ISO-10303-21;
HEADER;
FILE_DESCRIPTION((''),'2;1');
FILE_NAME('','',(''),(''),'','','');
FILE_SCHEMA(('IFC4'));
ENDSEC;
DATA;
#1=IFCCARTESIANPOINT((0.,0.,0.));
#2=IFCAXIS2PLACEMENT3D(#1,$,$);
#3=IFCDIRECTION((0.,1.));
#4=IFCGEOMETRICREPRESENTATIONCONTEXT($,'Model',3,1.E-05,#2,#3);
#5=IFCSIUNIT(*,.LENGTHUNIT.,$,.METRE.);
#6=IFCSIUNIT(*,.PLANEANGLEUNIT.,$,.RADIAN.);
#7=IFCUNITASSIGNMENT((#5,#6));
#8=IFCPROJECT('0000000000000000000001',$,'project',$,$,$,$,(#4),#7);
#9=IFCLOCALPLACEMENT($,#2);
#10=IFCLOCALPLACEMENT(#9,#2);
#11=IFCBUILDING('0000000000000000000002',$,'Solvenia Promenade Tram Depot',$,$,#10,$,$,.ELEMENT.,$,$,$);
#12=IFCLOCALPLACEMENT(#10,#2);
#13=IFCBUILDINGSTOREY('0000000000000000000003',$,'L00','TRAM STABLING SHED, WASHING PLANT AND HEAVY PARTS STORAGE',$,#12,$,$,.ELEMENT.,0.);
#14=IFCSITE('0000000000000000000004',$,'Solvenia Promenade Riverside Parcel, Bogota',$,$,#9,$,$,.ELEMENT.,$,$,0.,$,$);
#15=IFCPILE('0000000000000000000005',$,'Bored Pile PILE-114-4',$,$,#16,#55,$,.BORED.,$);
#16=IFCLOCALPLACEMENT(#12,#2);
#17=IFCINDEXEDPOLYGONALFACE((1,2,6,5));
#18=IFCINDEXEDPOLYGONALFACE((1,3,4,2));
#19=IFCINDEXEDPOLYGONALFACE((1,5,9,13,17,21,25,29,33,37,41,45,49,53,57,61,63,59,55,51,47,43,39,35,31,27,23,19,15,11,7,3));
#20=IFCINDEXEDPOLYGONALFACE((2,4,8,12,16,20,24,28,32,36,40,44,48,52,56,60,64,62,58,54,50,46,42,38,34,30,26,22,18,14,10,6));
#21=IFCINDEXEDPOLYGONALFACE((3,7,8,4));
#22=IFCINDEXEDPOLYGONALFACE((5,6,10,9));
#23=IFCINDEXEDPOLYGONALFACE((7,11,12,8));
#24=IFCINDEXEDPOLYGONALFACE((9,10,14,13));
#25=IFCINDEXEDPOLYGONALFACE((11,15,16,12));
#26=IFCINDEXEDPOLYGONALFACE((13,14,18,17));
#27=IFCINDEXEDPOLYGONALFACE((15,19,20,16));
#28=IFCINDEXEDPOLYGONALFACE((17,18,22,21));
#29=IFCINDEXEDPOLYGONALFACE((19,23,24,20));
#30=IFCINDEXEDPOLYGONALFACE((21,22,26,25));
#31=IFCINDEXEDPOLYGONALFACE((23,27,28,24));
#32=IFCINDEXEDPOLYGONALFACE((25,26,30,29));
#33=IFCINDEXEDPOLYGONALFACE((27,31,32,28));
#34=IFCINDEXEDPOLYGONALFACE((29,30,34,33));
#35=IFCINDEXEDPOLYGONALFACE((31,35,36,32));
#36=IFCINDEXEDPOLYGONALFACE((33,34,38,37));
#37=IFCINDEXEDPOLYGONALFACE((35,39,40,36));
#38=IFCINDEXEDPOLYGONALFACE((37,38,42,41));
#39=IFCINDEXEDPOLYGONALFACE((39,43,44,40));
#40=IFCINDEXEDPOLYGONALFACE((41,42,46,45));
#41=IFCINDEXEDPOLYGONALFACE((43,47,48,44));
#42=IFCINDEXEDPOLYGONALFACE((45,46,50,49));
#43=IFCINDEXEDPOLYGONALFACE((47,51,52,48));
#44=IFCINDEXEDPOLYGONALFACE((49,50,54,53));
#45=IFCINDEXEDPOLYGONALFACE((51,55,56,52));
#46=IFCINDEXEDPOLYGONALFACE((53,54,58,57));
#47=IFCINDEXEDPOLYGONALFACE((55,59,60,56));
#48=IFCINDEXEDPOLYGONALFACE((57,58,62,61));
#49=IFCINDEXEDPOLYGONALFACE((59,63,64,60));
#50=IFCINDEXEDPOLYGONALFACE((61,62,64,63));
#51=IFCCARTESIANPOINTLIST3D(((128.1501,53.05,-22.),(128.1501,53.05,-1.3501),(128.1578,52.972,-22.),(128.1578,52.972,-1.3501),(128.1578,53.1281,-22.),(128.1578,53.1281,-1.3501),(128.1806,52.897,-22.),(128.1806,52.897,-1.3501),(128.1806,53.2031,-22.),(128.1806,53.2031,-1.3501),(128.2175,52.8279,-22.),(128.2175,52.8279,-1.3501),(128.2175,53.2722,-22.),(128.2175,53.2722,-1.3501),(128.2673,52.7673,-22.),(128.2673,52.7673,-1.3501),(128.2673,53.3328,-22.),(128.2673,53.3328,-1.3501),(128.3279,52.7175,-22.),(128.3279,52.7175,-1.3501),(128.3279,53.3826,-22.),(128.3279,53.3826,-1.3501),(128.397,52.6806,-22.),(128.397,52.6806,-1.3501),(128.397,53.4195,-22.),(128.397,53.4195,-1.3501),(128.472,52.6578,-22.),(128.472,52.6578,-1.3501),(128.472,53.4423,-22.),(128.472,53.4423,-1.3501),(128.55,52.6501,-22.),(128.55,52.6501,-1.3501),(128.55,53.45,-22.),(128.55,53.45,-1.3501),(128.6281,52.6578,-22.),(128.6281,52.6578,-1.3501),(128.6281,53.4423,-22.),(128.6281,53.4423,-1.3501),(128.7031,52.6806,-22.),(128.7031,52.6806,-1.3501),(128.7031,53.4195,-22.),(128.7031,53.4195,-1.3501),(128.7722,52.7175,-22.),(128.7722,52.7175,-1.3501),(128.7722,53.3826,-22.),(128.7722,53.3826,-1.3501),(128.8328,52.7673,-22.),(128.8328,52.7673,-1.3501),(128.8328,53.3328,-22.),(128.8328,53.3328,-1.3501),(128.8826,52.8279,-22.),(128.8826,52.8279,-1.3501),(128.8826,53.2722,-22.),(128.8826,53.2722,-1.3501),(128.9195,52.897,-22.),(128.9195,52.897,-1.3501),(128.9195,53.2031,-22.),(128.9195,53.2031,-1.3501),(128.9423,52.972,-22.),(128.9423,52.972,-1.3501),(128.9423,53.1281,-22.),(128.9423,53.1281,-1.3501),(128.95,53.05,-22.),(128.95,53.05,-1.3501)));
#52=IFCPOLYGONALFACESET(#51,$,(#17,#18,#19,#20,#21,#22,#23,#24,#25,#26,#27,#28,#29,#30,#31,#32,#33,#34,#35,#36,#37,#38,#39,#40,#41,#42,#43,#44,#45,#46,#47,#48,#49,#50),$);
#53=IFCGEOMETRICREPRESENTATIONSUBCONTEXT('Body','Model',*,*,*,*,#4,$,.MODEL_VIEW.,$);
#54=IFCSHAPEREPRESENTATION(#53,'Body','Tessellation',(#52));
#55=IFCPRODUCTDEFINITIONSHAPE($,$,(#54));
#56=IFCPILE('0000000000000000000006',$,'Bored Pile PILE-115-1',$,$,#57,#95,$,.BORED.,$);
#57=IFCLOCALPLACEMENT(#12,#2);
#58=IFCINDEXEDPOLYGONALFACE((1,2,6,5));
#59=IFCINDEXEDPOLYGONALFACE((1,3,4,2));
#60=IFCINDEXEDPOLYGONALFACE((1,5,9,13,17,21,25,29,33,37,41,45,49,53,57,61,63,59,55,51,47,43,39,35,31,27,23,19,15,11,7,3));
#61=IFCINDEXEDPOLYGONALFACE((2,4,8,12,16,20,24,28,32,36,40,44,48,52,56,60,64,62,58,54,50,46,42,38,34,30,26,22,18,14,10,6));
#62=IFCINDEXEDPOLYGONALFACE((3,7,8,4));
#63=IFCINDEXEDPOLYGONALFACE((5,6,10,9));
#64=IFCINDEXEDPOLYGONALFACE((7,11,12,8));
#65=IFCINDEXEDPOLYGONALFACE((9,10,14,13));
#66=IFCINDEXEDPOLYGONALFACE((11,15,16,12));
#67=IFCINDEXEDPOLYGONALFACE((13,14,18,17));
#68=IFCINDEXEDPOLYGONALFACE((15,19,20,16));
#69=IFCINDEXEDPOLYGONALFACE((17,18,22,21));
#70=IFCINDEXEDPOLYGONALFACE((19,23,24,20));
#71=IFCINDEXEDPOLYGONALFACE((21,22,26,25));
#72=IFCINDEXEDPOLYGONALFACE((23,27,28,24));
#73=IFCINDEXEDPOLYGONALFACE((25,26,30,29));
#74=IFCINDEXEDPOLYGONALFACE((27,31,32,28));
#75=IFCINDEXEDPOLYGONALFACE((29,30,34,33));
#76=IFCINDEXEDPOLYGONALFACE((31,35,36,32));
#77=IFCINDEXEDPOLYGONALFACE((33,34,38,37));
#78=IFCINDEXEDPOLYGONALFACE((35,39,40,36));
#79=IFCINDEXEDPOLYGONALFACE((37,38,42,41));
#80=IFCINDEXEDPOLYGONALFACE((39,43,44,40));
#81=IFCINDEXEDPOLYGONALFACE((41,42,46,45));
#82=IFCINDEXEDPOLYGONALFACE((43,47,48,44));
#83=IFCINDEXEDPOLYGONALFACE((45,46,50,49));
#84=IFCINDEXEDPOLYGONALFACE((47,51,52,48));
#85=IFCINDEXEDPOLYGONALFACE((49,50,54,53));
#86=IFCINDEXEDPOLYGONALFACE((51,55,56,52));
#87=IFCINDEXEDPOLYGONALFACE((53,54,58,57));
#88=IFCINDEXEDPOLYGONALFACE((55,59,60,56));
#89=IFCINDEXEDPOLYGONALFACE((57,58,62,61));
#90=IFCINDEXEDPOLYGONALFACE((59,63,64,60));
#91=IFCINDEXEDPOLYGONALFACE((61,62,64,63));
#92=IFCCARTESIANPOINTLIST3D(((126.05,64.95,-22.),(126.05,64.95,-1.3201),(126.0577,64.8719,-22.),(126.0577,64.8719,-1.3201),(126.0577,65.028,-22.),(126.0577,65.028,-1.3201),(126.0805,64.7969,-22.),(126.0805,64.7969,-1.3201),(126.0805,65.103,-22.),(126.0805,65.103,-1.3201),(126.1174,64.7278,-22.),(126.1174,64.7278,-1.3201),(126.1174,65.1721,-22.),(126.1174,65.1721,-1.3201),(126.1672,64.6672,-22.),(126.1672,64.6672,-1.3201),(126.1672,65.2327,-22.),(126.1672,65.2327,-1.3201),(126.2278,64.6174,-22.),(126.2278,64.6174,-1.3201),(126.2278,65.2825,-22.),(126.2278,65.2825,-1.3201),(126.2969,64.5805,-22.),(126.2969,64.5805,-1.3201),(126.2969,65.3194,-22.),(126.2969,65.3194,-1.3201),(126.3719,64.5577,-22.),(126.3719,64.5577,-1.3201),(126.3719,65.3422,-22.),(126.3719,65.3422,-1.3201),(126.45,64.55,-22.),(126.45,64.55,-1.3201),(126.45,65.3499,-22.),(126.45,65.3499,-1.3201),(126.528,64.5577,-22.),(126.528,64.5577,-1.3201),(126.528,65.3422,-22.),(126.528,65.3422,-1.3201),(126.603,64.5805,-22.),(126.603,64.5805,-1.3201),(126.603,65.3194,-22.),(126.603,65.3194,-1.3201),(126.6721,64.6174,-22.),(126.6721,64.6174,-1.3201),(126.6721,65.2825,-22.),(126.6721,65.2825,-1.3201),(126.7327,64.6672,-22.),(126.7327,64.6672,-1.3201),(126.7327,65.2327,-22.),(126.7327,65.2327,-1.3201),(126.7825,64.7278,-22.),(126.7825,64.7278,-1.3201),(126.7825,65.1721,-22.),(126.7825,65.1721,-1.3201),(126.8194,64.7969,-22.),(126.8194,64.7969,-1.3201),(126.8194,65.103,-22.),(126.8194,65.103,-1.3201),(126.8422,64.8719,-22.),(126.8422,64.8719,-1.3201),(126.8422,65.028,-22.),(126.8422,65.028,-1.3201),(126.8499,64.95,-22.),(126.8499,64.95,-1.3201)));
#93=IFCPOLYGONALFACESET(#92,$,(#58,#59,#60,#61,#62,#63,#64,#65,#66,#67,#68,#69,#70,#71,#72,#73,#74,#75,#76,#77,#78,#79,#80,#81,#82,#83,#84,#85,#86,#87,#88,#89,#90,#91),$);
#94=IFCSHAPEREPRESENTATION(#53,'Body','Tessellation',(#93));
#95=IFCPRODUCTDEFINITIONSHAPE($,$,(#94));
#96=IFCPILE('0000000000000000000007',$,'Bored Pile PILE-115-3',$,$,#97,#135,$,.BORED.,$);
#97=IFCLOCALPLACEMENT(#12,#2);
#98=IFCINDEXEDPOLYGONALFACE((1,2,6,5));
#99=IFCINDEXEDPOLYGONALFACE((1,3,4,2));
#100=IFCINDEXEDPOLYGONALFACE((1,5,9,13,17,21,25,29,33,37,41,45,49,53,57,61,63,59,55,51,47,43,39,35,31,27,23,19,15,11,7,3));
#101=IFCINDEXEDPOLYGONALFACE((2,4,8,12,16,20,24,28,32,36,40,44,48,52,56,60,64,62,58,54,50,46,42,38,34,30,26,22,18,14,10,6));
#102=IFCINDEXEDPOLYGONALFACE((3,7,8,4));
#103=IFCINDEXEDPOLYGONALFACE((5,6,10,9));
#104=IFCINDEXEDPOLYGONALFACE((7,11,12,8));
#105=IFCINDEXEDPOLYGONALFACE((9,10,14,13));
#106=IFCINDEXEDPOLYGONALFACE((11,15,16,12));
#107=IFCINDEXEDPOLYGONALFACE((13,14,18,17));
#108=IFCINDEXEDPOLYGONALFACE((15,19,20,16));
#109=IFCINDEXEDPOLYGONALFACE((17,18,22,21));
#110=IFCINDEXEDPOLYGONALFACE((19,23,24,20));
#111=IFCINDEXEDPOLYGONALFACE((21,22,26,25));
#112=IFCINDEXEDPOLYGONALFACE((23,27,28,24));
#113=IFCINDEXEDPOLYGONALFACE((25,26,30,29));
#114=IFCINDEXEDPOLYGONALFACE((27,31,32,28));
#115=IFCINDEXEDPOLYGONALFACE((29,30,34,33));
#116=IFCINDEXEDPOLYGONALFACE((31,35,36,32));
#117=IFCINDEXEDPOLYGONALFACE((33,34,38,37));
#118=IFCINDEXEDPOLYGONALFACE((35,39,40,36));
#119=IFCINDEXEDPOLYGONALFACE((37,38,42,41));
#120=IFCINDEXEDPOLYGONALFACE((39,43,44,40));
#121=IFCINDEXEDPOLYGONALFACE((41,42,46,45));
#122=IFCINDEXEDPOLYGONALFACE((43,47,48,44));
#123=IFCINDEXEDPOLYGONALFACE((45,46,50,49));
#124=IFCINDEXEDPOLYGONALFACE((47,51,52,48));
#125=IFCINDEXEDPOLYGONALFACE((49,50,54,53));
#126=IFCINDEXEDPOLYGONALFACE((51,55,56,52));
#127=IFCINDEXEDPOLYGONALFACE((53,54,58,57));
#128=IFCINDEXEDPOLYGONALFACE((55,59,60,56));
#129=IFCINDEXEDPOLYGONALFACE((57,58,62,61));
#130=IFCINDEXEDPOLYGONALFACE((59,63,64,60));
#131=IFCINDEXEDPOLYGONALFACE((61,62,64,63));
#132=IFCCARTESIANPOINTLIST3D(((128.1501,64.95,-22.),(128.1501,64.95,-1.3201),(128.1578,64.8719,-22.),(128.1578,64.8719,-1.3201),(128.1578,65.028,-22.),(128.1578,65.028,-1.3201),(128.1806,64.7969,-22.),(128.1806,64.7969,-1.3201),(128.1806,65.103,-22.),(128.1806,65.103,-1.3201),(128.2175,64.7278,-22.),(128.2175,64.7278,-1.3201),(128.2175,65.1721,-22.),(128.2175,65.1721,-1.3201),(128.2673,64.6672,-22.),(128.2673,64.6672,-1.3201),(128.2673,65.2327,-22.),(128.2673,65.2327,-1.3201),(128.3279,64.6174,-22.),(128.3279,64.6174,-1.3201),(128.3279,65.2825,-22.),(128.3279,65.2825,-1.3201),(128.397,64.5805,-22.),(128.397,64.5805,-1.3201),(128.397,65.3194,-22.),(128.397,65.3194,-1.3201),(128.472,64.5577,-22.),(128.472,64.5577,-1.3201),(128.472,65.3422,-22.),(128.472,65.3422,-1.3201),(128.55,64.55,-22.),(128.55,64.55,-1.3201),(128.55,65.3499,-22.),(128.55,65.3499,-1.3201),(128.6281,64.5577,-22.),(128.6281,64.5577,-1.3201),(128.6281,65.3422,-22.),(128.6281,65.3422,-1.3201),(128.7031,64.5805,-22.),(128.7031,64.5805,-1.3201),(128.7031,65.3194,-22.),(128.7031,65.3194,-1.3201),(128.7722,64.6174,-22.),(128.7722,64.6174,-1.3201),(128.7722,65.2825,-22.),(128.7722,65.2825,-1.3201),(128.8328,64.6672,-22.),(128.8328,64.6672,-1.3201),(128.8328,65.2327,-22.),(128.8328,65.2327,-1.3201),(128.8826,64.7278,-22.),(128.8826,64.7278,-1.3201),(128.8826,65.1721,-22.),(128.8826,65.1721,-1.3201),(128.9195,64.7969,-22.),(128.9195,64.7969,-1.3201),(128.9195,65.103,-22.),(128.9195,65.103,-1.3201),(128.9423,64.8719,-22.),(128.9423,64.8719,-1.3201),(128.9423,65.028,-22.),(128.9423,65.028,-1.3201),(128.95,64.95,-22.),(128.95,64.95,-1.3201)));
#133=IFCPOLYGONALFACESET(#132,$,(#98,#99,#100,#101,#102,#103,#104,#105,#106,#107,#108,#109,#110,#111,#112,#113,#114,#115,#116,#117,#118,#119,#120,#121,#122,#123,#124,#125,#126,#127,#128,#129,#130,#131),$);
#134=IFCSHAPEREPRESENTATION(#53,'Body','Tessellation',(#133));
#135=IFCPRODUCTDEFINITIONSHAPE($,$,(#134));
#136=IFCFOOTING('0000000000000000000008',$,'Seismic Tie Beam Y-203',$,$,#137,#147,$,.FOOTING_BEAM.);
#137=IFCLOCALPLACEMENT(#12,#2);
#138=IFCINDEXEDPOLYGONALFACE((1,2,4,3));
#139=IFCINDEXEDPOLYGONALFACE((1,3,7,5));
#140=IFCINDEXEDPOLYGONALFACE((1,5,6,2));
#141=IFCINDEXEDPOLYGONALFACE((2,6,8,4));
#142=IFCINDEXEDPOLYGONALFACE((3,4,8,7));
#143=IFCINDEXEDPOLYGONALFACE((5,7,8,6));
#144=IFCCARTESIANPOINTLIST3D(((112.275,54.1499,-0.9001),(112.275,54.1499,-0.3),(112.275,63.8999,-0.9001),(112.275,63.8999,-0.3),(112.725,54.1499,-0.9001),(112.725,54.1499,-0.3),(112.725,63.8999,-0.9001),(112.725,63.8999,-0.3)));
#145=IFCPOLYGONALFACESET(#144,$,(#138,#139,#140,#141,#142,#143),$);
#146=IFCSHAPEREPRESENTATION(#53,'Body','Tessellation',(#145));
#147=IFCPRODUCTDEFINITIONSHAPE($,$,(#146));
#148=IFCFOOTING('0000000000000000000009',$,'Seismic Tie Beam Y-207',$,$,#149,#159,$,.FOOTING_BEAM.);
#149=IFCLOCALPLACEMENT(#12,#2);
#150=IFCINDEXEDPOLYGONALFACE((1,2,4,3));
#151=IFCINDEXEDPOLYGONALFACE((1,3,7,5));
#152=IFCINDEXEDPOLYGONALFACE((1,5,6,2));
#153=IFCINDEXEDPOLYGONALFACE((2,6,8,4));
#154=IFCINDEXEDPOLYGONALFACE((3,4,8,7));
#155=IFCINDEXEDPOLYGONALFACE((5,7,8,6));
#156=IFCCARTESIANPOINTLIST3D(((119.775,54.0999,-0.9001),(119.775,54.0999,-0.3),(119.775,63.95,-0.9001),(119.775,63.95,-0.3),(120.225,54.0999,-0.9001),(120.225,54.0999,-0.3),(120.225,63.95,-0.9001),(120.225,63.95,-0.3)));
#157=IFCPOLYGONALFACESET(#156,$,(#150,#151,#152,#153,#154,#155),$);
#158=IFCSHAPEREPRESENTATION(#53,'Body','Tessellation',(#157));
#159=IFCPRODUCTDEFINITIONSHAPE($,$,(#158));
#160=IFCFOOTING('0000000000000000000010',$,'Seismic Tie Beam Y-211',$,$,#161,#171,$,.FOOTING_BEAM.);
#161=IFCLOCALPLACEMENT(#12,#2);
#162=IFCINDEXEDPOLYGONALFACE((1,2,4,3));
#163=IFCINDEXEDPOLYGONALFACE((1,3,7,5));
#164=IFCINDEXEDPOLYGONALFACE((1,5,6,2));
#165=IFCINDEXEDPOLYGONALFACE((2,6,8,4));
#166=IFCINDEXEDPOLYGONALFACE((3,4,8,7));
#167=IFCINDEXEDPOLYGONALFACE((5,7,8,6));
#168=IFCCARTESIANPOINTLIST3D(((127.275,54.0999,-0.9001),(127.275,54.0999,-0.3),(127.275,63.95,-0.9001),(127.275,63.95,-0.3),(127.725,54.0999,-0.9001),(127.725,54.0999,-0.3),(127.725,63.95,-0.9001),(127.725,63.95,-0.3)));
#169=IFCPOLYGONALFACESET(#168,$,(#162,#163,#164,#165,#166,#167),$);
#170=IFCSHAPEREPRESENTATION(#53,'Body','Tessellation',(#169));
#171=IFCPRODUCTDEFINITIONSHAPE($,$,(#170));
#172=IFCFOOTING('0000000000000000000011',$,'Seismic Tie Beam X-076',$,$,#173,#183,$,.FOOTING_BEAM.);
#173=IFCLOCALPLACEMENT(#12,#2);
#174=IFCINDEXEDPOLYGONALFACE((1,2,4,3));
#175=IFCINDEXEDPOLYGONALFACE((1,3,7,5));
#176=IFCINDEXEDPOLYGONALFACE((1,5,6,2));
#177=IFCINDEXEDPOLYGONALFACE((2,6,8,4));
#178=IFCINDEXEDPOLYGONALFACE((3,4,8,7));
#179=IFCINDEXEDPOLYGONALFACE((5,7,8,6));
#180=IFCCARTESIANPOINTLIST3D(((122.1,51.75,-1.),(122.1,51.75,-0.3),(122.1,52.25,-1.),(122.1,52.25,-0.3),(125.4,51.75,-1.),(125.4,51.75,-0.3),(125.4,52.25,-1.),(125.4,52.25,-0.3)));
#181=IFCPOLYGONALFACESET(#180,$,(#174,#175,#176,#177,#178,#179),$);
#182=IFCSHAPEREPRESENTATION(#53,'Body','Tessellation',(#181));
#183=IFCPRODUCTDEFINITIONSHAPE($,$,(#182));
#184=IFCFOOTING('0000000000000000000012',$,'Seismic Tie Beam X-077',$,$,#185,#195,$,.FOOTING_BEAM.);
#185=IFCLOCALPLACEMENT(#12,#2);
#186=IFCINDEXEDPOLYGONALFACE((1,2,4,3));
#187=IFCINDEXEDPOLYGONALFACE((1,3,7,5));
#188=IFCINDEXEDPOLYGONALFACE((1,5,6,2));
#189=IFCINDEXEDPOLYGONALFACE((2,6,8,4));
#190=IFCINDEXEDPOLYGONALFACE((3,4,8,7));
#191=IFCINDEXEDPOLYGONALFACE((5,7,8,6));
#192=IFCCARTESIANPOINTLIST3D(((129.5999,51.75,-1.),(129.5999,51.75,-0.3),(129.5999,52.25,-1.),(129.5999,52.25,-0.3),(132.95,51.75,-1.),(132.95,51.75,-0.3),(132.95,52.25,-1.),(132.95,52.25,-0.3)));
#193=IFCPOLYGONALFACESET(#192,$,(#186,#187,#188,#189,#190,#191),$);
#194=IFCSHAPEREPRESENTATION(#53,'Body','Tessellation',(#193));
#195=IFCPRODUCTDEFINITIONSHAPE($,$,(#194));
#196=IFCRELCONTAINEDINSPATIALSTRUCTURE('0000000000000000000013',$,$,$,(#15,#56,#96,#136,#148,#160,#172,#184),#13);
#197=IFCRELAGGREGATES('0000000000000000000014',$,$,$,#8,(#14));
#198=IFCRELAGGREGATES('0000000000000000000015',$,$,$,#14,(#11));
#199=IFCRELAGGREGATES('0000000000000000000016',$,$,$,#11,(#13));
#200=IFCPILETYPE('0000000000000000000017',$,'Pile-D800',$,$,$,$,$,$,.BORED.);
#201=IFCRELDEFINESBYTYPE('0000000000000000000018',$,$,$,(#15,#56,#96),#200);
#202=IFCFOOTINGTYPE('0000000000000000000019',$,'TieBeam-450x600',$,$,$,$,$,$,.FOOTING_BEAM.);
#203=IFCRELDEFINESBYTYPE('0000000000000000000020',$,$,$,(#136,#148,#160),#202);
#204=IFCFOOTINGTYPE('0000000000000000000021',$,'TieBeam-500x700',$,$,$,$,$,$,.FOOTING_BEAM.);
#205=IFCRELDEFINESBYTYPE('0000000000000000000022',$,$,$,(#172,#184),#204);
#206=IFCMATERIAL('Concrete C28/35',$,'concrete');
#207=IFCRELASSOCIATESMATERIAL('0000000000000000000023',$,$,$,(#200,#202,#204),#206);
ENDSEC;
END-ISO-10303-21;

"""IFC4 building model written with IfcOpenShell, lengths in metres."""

from ifc_helpers import new_model, si_unit, direction, frame, origin, origin_2d, place, context, subcontext, project, spatial, rectangle, circle, extrude, material, material_profile, profile_set, type_object, element, save


model = new_model("IFC4")

# Units and contexts
model_context = context("Model", 3, precision=1e-05, world=origin(), true_north=direction((0.0, 1.0)))
body_context = subcontext(model_context, "Body", "Model", "MODEL_VIEW")
ifc_project = project(units=[si_unit("LENGTHUNIT", "METRE"), si_unit("PLANEANGLEUNIT", "RADIAN")], contexts=[model_context])

# Site, building, storey
site_placement = place(None, origin())
site = spatial("IfcSite", under=ifc_project, at=site_placement, Name="Solvenia Promenade Riverside Parcel, Bogota", CompositionType="ELEMENT", RefElevation=0.0)
building_placement = place(site_placement, origin())
building = spatial("IfcBuilding", under=site, at=building_placement, Name="Solvenia Promenade Tram Depot", CompositionType="ELEMENT")
storey_placement = place(building_placement, origin())
storey = spatial("IfcBuildingStorey", under=building, at=storey_placement, Name="L00", Description="TRAM STABLING SHED, WASHING PLANT AND HEAVY PARTS STORAGE", CompositionType="ELEMENT", Elevation=0.0)

# Shared definitions
ifc_material_1 = material(Name="Concrete C28/35", Category="concrete")

# Piles
ifc_material_profile_1 = material_profile(ifc_material_1, circle(Radius=0.3999, at=origin_2d()), Name="D800", Category="concrete")
ifc_profile_set_1 = profile_set([ifc_material_profile_1], Name="Concrete C28/35")
pile_type = type_object("IfcPileType", Name="Pile-D800", PredefinedType="BORED", material=ifc_profile_set_1)
for number, where, z_axis, x_axis, name in (
    (1, (128.55, 53.05, -1.3501), (0.0, 0.0, -1.0), (1.0, 0.0, 0.0), "Bored Pile PILE-114-4"),
):
    element("IfcPile", number, at=place(storey_placement, frame(where, z_axis=z_axis, x_axis=x_axis)), inside=storey, type_object=pile_type, Name=name, PredefinedType="BORED", context=body_context, shape_type="SweptSolid", body=[
        extrude(circle(Radius=0.3999, at=origin_2d()), origin(), (0.0, 0.0, 1.0), 20.6499),
    ])
for number, where, z_axis, x_axis, name in (
    (2, (126.45, 64.95, -1.3201), (0.0, 0.0, -1.0), (1.0, 0.0, 0.0), "Bored Pile PILE-115-1"),
    (3, (128.55, 64.95, -1.3201), (0.0, 0.0, -1.0), (1.0, 0.0, 0.0), "Bored Pile PILE-115-3"),
):
    element("IfcPile", number, at=place(storey_placement, frame(where, z_axis=z_axis, x_axis=x_axis)), inside=storey, type_object=pile_type, Name=name, PredefinedType="BORED", context=body_context, shape_type="SweptSolid", body=[
        extrude(circle(Radius=0.3999, at=origin_2d()), origin(), (0.0, 0.0, 1.0), 20.6799),
    ])

# Footings
footing_type_1 = type_object("IfcFootingType", Name="TieBeam-450x600", PredefinedType="FOOTING_BEAM", material=ifc_material_1)
footing_1_placement = place(storey_placement, frame((112.5, 59.0249, -0.9001), z_axis=(0.0, 0.0, 1.0), x_axis=(1.0, 0.0, 0.0)))
element("IfcFooting", 4, at=footing_1_placement, inside=storey, type_object=footing_type_1, Name="Seismic Tie Beam Y-203", PredefinedType="FOOTING_BEAM", context=body_context, shape_type="SweptSolid", body=[
    extrude(rectangle(XDim=0.45, YDim=9.75, at=origin_2d()), origin(), (0.0, 0.0, 1.0), 0.6001),
])
for number, where, z_axis, x_axis, name in (
    (5, (120.0, 59.0249, -0.9001), (0.0, 0.0, 1.0), (1.0, 0.0, 0.0), "Seismic Tie Beam Y-207"),
    (6, (127.5, 59.0249, -0.9001), (0.0, 0.0, 1.0), (1.0, 0.0, 0.0), "Seismic Tie Beam Y-211"),
):
    element("IfcFooting", number, at=place(storey_placement, frame(where, z_axis=z_axis, x_axis=x_axis)), inside=storey, type_object=footing_type_1, Name=name, PredefinedType="FOOTING_BEAM", context=body_context, shape_type="SweptSolid", body=[
        extrude(rectangle(XDim=0.45, YDim=9.8501, at=origin_2d()), origin(), (0.0, 0.0, 1.0), 0.6001),
    ])
footing_type_2 = type_object("IfcFootingType", Name="TieBeam-500x700", PredefinedType="FOOTING_BEAM", material=ifc_material_1)
footing_2_placement = place(storey_placement, frame((123.75, 52.0, -1.0), z_axis=(0.0, 0.0, 1.0), x_axis=(1.0, 0.0, 0.0)))
element("IfcFooting", 7, at=footing_2_placement, inside=storey, type_object=footing_type_2, Name="Seismic Tie Beam X-076", PredefinedType="FOOTING_BEAM", context=body_context, shape_type="SweptSolid", body=[
    extrude(rectangle(XDim=3.3, YDim=0.5, at=origin_2d()), origin(), (0.0, 0.0, 1.0), 0.7),
])
footing_3_placement = place(storey_placement, frame((131.2749, 52.0, -1.0), z_axis=(0.0, 0.0, 1.0), x_axis=(1.0, 0.0, 0.0)))
element("IfcFooting", 8, at=footing_3_placement, inside=storey, type_object=footing_type_2, Name="Seismic Tie Beam X-077", PredefinedType="FOOTING_BEAM", context=body_context, shape_type="SweptSolid", body=[
    extrude(rectangle(XDim=3.3501, YDim=0.5, at=origin_2d()), origin(), (0.0, 0.0, 1.0), 0.7),
])

save(model, "model.ifc")
